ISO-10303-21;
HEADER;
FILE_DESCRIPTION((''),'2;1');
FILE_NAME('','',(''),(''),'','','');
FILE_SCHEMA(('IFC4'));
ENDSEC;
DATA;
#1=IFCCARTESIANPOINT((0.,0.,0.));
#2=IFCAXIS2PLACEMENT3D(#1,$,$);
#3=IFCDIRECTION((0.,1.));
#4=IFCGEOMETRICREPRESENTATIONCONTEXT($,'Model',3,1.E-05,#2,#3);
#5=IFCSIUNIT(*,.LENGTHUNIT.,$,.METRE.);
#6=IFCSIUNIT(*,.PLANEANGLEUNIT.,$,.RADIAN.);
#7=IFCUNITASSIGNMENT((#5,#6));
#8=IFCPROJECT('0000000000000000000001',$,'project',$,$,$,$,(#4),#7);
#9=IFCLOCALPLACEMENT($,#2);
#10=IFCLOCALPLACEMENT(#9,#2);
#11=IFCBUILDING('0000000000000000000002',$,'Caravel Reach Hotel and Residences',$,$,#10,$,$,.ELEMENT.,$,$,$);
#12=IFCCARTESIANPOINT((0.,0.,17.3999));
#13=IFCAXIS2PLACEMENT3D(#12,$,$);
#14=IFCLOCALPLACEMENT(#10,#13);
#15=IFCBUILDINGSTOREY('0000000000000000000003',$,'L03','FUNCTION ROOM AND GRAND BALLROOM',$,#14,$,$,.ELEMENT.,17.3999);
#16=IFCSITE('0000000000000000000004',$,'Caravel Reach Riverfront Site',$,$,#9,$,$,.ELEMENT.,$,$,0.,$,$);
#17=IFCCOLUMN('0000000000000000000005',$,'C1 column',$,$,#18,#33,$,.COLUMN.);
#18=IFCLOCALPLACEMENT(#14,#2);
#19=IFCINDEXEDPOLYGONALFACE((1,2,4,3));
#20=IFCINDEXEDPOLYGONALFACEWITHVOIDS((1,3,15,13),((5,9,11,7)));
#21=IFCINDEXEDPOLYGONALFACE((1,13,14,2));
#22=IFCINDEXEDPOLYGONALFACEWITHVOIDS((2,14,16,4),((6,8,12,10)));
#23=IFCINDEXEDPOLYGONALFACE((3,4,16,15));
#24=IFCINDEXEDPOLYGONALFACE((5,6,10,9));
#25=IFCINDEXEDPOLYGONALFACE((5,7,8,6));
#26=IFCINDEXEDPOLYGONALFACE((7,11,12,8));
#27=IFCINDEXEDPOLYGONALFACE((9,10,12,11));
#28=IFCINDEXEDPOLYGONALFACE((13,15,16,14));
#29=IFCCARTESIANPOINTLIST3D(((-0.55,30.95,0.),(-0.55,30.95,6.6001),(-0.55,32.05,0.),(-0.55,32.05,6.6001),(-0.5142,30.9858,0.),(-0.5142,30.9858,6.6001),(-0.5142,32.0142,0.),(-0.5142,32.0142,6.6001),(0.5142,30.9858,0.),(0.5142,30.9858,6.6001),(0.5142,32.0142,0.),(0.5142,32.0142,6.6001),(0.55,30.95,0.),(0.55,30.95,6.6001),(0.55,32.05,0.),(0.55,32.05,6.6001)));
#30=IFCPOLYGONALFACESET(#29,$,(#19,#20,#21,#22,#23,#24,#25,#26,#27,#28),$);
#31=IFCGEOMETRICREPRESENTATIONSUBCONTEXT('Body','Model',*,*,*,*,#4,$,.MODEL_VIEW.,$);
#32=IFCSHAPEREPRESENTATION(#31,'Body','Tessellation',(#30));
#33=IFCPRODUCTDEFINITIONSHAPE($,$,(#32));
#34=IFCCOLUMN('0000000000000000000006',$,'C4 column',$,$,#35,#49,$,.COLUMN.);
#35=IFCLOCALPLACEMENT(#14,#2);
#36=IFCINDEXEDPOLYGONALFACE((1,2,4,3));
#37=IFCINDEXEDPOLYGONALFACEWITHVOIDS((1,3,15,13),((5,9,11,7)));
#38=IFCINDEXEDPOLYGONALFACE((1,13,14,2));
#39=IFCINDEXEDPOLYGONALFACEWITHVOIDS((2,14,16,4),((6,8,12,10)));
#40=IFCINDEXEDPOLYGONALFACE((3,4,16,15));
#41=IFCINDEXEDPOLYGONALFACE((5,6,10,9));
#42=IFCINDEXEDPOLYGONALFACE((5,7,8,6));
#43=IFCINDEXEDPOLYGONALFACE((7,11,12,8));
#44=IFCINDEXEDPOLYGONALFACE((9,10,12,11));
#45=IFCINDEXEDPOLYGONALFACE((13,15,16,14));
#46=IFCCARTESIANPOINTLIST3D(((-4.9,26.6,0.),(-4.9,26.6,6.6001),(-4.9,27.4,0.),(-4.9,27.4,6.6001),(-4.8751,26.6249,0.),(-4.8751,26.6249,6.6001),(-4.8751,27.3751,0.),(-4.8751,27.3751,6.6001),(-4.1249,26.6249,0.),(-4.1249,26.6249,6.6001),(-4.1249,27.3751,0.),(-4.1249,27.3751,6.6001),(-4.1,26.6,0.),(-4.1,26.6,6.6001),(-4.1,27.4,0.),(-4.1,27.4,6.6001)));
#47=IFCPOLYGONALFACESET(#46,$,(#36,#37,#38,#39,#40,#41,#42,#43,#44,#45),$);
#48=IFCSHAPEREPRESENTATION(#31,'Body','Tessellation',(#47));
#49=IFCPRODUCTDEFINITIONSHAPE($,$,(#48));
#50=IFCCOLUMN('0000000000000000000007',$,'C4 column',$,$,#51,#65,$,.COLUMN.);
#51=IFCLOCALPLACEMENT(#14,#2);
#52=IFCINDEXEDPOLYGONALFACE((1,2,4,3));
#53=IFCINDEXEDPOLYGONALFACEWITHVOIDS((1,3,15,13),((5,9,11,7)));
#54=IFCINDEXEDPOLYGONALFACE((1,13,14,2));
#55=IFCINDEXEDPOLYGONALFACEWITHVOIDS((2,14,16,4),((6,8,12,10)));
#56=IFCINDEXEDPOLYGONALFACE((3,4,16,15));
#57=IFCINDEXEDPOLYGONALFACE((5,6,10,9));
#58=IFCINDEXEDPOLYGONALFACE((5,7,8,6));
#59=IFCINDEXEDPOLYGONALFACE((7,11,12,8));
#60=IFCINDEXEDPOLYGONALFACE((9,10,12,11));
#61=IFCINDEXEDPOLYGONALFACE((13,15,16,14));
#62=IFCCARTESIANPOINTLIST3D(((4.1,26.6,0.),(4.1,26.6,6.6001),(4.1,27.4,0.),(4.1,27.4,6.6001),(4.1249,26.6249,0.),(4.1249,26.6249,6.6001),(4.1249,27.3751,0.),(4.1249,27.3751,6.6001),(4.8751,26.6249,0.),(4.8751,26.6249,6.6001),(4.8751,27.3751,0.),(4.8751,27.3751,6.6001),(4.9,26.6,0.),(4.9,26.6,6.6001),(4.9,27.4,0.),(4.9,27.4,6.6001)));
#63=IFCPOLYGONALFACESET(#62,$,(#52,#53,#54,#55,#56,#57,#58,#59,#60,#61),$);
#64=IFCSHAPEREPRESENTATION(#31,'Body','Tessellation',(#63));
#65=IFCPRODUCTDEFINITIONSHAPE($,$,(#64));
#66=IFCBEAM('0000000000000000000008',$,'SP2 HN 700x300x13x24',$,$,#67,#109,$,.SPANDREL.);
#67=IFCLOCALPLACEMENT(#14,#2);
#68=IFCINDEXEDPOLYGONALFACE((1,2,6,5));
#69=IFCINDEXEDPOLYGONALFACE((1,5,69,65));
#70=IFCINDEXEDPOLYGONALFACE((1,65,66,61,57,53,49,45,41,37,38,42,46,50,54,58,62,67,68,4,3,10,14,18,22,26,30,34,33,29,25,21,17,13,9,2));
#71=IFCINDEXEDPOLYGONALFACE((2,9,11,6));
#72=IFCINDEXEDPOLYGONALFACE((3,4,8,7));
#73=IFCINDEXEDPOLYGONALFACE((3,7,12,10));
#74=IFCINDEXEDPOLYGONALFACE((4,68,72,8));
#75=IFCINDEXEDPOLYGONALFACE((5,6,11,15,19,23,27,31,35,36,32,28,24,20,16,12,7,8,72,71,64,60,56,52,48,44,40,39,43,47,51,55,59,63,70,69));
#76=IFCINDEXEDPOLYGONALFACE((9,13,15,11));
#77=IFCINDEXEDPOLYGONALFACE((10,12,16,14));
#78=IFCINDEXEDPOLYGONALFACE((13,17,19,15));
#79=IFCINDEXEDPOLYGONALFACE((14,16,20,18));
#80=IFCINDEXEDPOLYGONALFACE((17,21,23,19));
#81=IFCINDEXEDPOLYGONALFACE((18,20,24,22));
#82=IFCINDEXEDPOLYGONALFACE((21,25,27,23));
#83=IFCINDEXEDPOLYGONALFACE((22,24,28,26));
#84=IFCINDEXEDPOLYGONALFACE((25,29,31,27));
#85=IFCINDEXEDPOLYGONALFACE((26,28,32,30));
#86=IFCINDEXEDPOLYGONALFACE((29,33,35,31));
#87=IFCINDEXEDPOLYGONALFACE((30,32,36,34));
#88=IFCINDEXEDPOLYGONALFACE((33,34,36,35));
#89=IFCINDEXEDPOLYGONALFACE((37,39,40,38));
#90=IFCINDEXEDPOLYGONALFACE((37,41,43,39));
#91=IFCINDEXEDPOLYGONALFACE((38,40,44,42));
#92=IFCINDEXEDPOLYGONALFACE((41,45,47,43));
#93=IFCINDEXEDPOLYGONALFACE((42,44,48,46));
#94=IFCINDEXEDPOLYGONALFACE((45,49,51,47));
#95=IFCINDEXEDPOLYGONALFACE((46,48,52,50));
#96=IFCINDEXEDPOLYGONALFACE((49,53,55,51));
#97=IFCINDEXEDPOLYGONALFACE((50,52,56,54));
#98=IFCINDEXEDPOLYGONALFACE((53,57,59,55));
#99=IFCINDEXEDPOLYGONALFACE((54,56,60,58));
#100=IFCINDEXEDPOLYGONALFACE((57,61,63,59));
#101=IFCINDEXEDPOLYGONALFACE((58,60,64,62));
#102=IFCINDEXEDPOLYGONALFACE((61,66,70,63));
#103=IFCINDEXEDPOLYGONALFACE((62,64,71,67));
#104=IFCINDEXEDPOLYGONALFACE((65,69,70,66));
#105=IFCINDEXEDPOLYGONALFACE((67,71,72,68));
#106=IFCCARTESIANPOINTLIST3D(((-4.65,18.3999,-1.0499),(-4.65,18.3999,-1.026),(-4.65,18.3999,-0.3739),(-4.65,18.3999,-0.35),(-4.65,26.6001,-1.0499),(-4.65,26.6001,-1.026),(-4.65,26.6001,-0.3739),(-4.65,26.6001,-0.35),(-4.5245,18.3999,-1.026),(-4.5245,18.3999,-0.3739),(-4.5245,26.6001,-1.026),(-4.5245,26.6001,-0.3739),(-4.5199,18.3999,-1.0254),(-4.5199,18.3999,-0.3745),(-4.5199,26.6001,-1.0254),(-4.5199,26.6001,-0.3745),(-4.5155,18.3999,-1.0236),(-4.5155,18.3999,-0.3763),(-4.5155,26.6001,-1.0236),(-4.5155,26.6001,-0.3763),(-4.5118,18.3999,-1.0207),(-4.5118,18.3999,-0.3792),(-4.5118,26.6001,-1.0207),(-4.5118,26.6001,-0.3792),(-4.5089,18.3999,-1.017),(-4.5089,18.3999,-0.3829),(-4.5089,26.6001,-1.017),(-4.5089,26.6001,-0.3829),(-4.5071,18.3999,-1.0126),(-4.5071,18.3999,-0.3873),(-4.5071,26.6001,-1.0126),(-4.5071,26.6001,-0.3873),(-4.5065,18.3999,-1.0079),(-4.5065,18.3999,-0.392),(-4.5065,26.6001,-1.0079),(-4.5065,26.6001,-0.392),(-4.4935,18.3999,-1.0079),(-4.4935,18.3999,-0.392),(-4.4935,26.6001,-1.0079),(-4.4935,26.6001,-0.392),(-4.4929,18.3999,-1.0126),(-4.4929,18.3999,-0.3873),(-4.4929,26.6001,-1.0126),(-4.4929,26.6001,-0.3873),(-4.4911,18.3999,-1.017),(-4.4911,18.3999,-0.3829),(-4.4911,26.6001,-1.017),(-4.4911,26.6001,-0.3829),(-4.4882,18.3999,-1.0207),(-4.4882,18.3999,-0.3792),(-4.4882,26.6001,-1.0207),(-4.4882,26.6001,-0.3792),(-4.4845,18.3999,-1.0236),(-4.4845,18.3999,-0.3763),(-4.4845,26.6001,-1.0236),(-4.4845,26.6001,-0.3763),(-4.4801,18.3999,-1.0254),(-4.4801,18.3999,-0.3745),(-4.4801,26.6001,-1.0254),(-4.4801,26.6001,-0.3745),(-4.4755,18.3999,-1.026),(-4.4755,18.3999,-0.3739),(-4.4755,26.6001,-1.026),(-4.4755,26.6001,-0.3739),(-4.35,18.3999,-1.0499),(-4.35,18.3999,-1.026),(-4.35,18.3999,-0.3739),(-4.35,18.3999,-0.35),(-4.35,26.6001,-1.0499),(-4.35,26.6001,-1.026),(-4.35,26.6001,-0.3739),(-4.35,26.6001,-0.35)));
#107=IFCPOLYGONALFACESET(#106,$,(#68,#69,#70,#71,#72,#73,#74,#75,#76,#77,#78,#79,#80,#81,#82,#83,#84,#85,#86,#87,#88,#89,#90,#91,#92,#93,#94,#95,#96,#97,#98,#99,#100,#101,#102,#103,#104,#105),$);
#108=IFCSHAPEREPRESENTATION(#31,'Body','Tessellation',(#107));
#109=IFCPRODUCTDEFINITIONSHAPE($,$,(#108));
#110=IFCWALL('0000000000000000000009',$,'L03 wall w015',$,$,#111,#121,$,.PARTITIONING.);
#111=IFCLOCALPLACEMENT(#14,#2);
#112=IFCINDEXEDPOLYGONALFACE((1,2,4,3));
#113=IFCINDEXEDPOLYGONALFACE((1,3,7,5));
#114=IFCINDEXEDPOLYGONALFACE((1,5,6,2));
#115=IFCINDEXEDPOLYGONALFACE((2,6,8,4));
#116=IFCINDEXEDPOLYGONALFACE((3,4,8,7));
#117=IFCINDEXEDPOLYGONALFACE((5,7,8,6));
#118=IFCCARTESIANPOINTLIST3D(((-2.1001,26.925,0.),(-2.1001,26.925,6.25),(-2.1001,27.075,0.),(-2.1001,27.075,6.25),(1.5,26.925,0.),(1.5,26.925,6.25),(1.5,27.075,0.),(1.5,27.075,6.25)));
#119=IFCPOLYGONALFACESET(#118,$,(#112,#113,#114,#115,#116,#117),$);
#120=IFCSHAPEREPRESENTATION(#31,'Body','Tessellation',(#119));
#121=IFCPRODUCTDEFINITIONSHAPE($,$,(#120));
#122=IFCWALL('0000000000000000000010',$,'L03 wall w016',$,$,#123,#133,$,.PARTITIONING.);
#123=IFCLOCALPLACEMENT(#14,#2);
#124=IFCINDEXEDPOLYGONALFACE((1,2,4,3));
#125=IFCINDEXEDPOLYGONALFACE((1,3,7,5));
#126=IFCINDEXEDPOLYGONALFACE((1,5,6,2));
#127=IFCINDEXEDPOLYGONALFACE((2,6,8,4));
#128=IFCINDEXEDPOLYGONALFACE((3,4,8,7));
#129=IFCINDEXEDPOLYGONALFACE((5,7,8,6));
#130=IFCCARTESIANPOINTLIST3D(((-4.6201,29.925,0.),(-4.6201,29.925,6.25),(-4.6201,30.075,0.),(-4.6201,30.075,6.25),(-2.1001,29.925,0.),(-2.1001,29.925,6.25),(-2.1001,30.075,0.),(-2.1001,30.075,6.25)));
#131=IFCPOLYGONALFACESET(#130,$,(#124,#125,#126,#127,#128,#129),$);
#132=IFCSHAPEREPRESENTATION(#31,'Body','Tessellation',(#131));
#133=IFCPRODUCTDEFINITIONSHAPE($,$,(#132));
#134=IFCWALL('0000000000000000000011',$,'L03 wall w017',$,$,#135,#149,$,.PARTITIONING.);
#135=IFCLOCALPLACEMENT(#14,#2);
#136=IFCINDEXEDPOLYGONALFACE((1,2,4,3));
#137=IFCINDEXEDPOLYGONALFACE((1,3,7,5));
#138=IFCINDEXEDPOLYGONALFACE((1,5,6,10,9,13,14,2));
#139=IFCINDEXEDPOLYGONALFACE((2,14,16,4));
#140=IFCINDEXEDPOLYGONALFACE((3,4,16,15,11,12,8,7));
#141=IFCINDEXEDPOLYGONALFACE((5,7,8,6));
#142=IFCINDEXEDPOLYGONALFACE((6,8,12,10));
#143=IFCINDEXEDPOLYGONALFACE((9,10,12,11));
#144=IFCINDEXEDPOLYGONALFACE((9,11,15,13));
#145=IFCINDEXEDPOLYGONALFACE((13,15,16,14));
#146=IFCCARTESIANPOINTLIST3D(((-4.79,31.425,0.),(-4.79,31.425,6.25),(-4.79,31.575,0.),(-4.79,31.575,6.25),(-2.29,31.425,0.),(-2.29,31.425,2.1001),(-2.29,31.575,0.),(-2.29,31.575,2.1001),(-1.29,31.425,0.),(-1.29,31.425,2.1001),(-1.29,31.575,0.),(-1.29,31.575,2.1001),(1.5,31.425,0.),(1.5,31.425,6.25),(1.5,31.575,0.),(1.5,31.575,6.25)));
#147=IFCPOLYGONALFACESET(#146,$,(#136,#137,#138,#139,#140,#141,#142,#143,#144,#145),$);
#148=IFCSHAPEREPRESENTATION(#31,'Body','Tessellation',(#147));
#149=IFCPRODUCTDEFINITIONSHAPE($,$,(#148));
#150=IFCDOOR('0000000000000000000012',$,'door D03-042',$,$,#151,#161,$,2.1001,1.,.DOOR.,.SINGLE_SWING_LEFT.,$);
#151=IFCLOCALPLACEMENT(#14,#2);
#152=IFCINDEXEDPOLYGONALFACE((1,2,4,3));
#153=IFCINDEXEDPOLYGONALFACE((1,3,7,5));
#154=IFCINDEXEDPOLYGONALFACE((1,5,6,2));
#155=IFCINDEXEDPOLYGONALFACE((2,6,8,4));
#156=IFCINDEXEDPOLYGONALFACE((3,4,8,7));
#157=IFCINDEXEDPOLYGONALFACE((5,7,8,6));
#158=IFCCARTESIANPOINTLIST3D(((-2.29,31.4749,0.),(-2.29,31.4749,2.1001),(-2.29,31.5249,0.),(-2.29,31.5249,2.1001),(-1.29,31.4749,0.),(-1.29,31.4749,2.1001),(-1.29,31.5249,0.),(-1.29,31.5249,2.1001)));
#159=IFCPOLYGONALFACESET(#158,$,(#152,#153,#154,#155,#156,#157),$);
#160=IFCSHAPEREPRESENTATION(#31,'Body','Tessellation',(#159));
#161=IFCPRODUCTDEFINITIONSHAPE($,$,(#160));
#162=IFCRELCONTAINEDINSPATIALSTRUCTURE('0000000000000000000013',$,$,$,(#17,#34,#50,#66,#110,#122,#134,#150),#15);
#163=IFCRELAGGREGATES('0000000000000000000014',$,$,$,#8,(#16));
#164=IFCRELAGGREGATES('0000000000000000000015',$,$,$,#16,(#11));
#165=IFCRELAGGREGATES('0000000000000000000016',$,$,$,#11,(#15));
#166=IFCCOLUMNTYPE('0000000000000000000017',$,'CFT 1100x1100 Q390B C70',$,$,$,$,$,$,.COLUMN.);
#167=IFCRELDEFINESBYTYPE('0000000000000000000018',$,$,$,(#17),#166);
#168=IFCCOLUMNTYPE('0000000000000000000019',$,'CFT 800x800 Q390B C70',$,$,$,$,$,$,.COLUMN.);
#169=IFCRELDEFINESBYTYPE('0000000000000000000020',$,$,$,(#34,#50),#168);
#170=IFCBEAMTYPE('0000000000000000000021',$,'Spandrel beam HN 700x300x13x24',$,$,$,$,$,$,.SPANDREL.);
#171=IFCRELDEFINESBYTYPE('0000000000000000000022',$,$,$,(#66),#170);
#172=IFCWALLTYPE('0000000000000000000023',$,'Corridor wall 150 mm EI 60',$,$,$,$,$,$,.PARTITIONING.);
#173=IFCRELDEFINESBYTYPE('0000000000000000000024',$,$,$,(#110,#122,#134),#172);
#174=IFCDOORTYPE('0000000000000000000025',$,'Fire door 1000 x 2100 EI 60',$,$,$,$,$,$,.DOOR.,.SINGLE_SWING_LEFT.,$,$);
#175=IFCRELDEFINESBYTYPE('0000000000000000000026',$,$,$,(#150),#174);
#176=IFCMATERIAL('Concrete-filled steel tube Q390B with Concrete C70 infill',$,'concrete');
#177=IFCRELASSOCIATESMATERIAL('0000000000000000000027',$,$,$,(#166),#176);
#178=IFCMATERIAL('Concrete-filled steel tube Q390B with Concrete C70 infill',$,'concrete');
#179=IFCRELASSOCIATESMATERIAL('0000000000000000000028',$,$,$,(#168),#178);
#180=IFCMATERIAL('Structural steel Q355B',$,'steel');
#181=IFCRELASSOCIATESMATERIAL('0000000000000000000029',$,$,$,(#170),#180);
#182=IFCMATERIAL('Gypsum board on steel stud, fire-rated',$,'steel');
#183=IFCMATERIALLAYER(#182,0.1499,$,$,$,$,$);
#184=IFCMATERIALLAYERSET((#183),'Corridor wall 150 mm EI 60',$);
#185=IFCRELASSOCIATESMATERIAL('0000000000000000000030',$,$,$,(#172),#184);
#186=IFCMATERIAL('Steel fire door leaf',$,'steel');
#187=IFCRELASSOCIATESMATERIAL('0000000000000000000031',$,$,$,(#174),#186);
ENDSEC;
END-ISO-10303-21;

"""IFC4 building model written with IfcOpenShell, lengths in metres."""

from ifc_helpers import new_model, si_unit, direction, frame, frame_2d, origin, origin_2d, place, context, subcontext, project, spatial, rectangle, hollow_rectangle, i_section, extrude, material, layer, layer_set, material_profile, profile_set, type_object, element, fill, save


model = new_model("IFC4")

# Units and contexts
model_context = context("Model", 3, precision=1e-05, world=origin(), true_north=direction((0.0, 1.0)))
body_context = subcontext(model_context, "Body", "Model", "MODEL_VIEW")
ifc_project = project(units=[si_unit("LENGTHUNIT", "METRE"), si_unit("PLANEANGLEUNIT", "RADIAN")], contexts=[model_context])

# Site, building, storey
site_placement = place(None, origin())
site = spatial("IfcSite", under=ifc_project, at=site_placement, Name="Caravel Reach Riverfront Site", CompositionType="ELEMENT", RefElevation=0.0)
building_placement = place(site_placement, origin())
building = spatial("IfcBuilding", under=site, at=building_placement, Name="Caravel Reach Hotel and Residences", CompositionType="ELEMENT")
storey_placement = place(building_placement, frame((0.0, 0.0, 17.3999)))
storey = spatial("IfcBuildingStorey", under=building, at=storey_placement, Name="L03", Description="FUNCTION ROOM AND GRAND BALLROOM", CompositionType="ELEMENT", Elevation=17.3999)

# Columns
ifc_material_1 = material(Name="Concrete-filled steel tube Q390B with Concrete C70 infill", Category="concrete")
ifc_material_profile_1 = material_profile(ifc_material_1, hollow_rectangle(XDim=1.1001, YDim=1.1001, WallThickness=0.0359, at=origin_2d()), Name="RHS 1100x1100x36")
ifc_profile_set_1 = profile_set([ifc_material_profile_1], Name="Concrete-filled steel tube Q390B with Concrete C70 infill")
column_type_1 = type_object("IfcColumnType", Name="CFT 1100x1100 Q390B C70", PredefinedType="COLUMN", material=ifc_profile_set_1)
column_placement = place(storey_placement, frame((0.0, 31.5, 0.0), z_axis=(0.0, 0.0, 1.0), x_axis=(1.0, 0.0, 0.0)))
element("IfcColumn", 1, at=column_placement, inside=storey, type_object=column_type_1, Name="C1 column", PredefinedType="COLUMN", context=body_context, shape_type="SweptSolid", body=[
    extrude(hollow_rectangle(XDim=1.1001, YDim=1.1001, WallThickness=0.0359, at=origin_2d()), origin(), (0.0, 0.0, 1.0), 6.6001),
])
ifc_material_2 = material(Name="Concrete-filled steel tube Q390B with Concrete C70 infill", Category="concrete")
ifc_material_profile_2 = material_profile(ifc_material_2, hollow_rectangle(XDim=0.8, YDim=0.8, WallThickness=0.0249, at=origin_2d()), Name="RHS 800x800x25")
ifc_profile_set_2 = profile_set([ifc_material_profile_2], Name="Concrete-filled steel tube Q390B with Concrete C70 infill")
column_type_2 = type_object("IfcColumnType", Name="CFT 800x800 Q390B C70", PredefinedType="COLUMN", material=ifc_profile_set_2)
for number, where, z_axis, x_axis, name in (
    (2, (-4.5, 27.0, 0.0), (0.0, 0.0, 1.0), (1.0, 0.0, 0.0), "C4 column"),
    (3, (4.5, 27.0, 0.0), (0.0, 0.0, 1.0), (1.0, 0.0, 0.0), "C4 column"),
):
    element("IfcColumn", number, at=place(storey_placement, frame(where, z_axis=z_axis, x_axis=x_axis)), inside=storey, type_object=column_type_2, Name=name, PredefinedType="COLUMN", context=body_context, shape_type="SweptSolid", body=[
        extrude(hollow_rectangle(XDim=0.8, YDim=0.8, WallThickness=0.0249, at=origin_2d()), origin(), (0.0, 0.0, 1.0), 6.6001),
    ])

# Beam
ifc_material_3 = material(Name="Structural steel Q355B", Category="steel")
ifc_material_profile_3 = material_profile(ifc_material_3, i_section(OverallWidth=0.3, OverallDepth=0.7, WebThickness=0.0129, FlangeThickness=0.0239, FilletRadius=0.0181, at=origin_2d()), Name="HN 700x300x13x24")
ifc_profile_set_3 = profile_set([ifc_material_profile_3], Name="Structural steel Q355B")
beam_type = type_object("IfcBeamType", Name="Spandrel beam HN 700x300x13x24", PredefinedType="SPANDREL", material=ifc_profile_set_3)
beam_placement = place(storey_placement, frame((-4.5, 26.6001, -0.7), z_axis=(0.0, -1.0, 0.0), x_axis=(1.0, 0.0, 0.0)))
element("IfcBeam", 4, at=beam_placement, inside=storey, type_object=beam_type, Name="SP2 HN 700x300x13x24", PredefinedType="SPANDREL", context=body_context, shape_type="SweptSolid", body=[
    extrude(i_section(OverallWidth=0.3, OverallDepth=0.7, WebThickness=0.0129, FlangeThickness=0.0239, FilletRadius=0.0181, at=origin_2d()), origin(), (0.0, 0.0, 1.0), 8.2002),
])

# Walls
ifc_material_4 = material(Name="Gypsum board on steel stud, fire-rated", Category="steel")
ifc_layer_1 = layer(ifc_material_4, 0.1499)
ifc_layer_set_1 = layer_set([ifc_layer_1], Name="Corridor wall 150 mm EI 60")
wall_type_1 = type_object("IfcWallType", Name="Corridor wall 150 mm EI 60", PredefinedType="PARTITIONING", material=ifc_layer_set_1)
wall_1_placement = place(storey_placement, frame((-2.1001, 27.0, 0.0), z_axis=(0.0, 0.0, 1.0), x_axis=(1.0, 0.0, 0.0)))
element("IfcWall", 5, at=wall_1_placement, inside=storey, type_object=wall_type_1, Name="L03 wall w015", PredefinedType="PARTITIONING", context=body_context, shape_type="SweptSolid", body=[
    extrude(rectangle(XDim=3.6001, YDim=0.1499, at=frame_2d((1.8, 0.0))), origin(), (0.0, 0.0, 1.0), 6.25),
])
wall_2_placement = place(storey_placement, frame((-4.6201, 30.0, 0.0), z_axis=(0.0, 0.0, 1.0), x_axis=(1.0, 0.0, 0.0)))
element("IfcWall", 6, at=wall_2_placement, inside=storey, type_object=wall_type_1, Name="L03 wall w016", PredefinedType="PARTITIONING", context=body_context, shape_type="SweptSolid", body=[
    extrude(rectangle(XDim=2.52, YDim=0.1499, at=frame_2d((1.26, 0.0))), origin(), (0.0, 0.0, 1.0), 6.25),
])

# Wall, opening, door
wall_3_placement = place(storey_placement, frame((-4.79, 31.5, 0.0), z_axis=(0.0, 0.0, 1.0), x_axis=(1.0, 0.0, 0.0)))
wall_3 = element("IfcWall", 7, at=wall_3_placement, inside=storey, type_object=wall_type_1, Name="L03 wall w017", PredefinedType="PARTITIONING", context=body_context, shape_type="SweptSolid", body=[
    extrude(rectangle(XDim=6.29, YDim=0.1499, at=frame_2d((3.145, 0.0))), origin(), (0.0, 0.0, 1.0), 6.25),
])
opening_1_placement = place(wall_3_placement, frame((2.5, 0.0, 0.0)))
opening_1 = element("IfcOpeningElement", 8, at=opening_1_placement, cuts=wall_3, PredefinedType="OPENING", context=body_context, shape_type="SweptSolid", body=[
    extrude(rectangle(XDim=1.0, YDim=2.1001, at=frame_2d((0.5, 1.05))), frame((0.0, 0.085, 0.0), z_axis=(0.0, -1.0, 0.0), x_axis=(1.0, 0.0, 0.0)), (0.0, 0.0, 1.0), 0.1699),
])
ifc_material_5 = material(Name="Steel fire door leaf", Category="steel")
door_type_1 = type_object("IfcDoorType", Name="Fire door 1000 x 2100 EI 60", OperationType="SINGLE_SWING_LEFT", PredefinedType="DOOR", material=ifc_material_5)
door_1_placement = place(opening_1_placement, origin())
door_1 = element("IfcDoor", 9, at=door_1_placement, inside=storey, type_object=door_type_1, Name="door D03-042", OperationType="SINGLE_SWING_LEFT", OverallHeight=2.1001, OverallWidth=1.0, PredefinedType="DOOR", context=body_context, shape_type="SweptSolid", body=[
    extrude(rectangle(XDim=1.0, YDim=2.1001, at=frame_2d((0.5, 1.05))), frame((0.0, 0.0249, 0.0), z_axis=(0.0, -1.0, 0.0), x_axis=(1.0, 0.0, 0.0)), (0.0, 0.0, 1.0), 0.05),
])
fill(opening_1, door_1)

save(model, "model.ifc")
